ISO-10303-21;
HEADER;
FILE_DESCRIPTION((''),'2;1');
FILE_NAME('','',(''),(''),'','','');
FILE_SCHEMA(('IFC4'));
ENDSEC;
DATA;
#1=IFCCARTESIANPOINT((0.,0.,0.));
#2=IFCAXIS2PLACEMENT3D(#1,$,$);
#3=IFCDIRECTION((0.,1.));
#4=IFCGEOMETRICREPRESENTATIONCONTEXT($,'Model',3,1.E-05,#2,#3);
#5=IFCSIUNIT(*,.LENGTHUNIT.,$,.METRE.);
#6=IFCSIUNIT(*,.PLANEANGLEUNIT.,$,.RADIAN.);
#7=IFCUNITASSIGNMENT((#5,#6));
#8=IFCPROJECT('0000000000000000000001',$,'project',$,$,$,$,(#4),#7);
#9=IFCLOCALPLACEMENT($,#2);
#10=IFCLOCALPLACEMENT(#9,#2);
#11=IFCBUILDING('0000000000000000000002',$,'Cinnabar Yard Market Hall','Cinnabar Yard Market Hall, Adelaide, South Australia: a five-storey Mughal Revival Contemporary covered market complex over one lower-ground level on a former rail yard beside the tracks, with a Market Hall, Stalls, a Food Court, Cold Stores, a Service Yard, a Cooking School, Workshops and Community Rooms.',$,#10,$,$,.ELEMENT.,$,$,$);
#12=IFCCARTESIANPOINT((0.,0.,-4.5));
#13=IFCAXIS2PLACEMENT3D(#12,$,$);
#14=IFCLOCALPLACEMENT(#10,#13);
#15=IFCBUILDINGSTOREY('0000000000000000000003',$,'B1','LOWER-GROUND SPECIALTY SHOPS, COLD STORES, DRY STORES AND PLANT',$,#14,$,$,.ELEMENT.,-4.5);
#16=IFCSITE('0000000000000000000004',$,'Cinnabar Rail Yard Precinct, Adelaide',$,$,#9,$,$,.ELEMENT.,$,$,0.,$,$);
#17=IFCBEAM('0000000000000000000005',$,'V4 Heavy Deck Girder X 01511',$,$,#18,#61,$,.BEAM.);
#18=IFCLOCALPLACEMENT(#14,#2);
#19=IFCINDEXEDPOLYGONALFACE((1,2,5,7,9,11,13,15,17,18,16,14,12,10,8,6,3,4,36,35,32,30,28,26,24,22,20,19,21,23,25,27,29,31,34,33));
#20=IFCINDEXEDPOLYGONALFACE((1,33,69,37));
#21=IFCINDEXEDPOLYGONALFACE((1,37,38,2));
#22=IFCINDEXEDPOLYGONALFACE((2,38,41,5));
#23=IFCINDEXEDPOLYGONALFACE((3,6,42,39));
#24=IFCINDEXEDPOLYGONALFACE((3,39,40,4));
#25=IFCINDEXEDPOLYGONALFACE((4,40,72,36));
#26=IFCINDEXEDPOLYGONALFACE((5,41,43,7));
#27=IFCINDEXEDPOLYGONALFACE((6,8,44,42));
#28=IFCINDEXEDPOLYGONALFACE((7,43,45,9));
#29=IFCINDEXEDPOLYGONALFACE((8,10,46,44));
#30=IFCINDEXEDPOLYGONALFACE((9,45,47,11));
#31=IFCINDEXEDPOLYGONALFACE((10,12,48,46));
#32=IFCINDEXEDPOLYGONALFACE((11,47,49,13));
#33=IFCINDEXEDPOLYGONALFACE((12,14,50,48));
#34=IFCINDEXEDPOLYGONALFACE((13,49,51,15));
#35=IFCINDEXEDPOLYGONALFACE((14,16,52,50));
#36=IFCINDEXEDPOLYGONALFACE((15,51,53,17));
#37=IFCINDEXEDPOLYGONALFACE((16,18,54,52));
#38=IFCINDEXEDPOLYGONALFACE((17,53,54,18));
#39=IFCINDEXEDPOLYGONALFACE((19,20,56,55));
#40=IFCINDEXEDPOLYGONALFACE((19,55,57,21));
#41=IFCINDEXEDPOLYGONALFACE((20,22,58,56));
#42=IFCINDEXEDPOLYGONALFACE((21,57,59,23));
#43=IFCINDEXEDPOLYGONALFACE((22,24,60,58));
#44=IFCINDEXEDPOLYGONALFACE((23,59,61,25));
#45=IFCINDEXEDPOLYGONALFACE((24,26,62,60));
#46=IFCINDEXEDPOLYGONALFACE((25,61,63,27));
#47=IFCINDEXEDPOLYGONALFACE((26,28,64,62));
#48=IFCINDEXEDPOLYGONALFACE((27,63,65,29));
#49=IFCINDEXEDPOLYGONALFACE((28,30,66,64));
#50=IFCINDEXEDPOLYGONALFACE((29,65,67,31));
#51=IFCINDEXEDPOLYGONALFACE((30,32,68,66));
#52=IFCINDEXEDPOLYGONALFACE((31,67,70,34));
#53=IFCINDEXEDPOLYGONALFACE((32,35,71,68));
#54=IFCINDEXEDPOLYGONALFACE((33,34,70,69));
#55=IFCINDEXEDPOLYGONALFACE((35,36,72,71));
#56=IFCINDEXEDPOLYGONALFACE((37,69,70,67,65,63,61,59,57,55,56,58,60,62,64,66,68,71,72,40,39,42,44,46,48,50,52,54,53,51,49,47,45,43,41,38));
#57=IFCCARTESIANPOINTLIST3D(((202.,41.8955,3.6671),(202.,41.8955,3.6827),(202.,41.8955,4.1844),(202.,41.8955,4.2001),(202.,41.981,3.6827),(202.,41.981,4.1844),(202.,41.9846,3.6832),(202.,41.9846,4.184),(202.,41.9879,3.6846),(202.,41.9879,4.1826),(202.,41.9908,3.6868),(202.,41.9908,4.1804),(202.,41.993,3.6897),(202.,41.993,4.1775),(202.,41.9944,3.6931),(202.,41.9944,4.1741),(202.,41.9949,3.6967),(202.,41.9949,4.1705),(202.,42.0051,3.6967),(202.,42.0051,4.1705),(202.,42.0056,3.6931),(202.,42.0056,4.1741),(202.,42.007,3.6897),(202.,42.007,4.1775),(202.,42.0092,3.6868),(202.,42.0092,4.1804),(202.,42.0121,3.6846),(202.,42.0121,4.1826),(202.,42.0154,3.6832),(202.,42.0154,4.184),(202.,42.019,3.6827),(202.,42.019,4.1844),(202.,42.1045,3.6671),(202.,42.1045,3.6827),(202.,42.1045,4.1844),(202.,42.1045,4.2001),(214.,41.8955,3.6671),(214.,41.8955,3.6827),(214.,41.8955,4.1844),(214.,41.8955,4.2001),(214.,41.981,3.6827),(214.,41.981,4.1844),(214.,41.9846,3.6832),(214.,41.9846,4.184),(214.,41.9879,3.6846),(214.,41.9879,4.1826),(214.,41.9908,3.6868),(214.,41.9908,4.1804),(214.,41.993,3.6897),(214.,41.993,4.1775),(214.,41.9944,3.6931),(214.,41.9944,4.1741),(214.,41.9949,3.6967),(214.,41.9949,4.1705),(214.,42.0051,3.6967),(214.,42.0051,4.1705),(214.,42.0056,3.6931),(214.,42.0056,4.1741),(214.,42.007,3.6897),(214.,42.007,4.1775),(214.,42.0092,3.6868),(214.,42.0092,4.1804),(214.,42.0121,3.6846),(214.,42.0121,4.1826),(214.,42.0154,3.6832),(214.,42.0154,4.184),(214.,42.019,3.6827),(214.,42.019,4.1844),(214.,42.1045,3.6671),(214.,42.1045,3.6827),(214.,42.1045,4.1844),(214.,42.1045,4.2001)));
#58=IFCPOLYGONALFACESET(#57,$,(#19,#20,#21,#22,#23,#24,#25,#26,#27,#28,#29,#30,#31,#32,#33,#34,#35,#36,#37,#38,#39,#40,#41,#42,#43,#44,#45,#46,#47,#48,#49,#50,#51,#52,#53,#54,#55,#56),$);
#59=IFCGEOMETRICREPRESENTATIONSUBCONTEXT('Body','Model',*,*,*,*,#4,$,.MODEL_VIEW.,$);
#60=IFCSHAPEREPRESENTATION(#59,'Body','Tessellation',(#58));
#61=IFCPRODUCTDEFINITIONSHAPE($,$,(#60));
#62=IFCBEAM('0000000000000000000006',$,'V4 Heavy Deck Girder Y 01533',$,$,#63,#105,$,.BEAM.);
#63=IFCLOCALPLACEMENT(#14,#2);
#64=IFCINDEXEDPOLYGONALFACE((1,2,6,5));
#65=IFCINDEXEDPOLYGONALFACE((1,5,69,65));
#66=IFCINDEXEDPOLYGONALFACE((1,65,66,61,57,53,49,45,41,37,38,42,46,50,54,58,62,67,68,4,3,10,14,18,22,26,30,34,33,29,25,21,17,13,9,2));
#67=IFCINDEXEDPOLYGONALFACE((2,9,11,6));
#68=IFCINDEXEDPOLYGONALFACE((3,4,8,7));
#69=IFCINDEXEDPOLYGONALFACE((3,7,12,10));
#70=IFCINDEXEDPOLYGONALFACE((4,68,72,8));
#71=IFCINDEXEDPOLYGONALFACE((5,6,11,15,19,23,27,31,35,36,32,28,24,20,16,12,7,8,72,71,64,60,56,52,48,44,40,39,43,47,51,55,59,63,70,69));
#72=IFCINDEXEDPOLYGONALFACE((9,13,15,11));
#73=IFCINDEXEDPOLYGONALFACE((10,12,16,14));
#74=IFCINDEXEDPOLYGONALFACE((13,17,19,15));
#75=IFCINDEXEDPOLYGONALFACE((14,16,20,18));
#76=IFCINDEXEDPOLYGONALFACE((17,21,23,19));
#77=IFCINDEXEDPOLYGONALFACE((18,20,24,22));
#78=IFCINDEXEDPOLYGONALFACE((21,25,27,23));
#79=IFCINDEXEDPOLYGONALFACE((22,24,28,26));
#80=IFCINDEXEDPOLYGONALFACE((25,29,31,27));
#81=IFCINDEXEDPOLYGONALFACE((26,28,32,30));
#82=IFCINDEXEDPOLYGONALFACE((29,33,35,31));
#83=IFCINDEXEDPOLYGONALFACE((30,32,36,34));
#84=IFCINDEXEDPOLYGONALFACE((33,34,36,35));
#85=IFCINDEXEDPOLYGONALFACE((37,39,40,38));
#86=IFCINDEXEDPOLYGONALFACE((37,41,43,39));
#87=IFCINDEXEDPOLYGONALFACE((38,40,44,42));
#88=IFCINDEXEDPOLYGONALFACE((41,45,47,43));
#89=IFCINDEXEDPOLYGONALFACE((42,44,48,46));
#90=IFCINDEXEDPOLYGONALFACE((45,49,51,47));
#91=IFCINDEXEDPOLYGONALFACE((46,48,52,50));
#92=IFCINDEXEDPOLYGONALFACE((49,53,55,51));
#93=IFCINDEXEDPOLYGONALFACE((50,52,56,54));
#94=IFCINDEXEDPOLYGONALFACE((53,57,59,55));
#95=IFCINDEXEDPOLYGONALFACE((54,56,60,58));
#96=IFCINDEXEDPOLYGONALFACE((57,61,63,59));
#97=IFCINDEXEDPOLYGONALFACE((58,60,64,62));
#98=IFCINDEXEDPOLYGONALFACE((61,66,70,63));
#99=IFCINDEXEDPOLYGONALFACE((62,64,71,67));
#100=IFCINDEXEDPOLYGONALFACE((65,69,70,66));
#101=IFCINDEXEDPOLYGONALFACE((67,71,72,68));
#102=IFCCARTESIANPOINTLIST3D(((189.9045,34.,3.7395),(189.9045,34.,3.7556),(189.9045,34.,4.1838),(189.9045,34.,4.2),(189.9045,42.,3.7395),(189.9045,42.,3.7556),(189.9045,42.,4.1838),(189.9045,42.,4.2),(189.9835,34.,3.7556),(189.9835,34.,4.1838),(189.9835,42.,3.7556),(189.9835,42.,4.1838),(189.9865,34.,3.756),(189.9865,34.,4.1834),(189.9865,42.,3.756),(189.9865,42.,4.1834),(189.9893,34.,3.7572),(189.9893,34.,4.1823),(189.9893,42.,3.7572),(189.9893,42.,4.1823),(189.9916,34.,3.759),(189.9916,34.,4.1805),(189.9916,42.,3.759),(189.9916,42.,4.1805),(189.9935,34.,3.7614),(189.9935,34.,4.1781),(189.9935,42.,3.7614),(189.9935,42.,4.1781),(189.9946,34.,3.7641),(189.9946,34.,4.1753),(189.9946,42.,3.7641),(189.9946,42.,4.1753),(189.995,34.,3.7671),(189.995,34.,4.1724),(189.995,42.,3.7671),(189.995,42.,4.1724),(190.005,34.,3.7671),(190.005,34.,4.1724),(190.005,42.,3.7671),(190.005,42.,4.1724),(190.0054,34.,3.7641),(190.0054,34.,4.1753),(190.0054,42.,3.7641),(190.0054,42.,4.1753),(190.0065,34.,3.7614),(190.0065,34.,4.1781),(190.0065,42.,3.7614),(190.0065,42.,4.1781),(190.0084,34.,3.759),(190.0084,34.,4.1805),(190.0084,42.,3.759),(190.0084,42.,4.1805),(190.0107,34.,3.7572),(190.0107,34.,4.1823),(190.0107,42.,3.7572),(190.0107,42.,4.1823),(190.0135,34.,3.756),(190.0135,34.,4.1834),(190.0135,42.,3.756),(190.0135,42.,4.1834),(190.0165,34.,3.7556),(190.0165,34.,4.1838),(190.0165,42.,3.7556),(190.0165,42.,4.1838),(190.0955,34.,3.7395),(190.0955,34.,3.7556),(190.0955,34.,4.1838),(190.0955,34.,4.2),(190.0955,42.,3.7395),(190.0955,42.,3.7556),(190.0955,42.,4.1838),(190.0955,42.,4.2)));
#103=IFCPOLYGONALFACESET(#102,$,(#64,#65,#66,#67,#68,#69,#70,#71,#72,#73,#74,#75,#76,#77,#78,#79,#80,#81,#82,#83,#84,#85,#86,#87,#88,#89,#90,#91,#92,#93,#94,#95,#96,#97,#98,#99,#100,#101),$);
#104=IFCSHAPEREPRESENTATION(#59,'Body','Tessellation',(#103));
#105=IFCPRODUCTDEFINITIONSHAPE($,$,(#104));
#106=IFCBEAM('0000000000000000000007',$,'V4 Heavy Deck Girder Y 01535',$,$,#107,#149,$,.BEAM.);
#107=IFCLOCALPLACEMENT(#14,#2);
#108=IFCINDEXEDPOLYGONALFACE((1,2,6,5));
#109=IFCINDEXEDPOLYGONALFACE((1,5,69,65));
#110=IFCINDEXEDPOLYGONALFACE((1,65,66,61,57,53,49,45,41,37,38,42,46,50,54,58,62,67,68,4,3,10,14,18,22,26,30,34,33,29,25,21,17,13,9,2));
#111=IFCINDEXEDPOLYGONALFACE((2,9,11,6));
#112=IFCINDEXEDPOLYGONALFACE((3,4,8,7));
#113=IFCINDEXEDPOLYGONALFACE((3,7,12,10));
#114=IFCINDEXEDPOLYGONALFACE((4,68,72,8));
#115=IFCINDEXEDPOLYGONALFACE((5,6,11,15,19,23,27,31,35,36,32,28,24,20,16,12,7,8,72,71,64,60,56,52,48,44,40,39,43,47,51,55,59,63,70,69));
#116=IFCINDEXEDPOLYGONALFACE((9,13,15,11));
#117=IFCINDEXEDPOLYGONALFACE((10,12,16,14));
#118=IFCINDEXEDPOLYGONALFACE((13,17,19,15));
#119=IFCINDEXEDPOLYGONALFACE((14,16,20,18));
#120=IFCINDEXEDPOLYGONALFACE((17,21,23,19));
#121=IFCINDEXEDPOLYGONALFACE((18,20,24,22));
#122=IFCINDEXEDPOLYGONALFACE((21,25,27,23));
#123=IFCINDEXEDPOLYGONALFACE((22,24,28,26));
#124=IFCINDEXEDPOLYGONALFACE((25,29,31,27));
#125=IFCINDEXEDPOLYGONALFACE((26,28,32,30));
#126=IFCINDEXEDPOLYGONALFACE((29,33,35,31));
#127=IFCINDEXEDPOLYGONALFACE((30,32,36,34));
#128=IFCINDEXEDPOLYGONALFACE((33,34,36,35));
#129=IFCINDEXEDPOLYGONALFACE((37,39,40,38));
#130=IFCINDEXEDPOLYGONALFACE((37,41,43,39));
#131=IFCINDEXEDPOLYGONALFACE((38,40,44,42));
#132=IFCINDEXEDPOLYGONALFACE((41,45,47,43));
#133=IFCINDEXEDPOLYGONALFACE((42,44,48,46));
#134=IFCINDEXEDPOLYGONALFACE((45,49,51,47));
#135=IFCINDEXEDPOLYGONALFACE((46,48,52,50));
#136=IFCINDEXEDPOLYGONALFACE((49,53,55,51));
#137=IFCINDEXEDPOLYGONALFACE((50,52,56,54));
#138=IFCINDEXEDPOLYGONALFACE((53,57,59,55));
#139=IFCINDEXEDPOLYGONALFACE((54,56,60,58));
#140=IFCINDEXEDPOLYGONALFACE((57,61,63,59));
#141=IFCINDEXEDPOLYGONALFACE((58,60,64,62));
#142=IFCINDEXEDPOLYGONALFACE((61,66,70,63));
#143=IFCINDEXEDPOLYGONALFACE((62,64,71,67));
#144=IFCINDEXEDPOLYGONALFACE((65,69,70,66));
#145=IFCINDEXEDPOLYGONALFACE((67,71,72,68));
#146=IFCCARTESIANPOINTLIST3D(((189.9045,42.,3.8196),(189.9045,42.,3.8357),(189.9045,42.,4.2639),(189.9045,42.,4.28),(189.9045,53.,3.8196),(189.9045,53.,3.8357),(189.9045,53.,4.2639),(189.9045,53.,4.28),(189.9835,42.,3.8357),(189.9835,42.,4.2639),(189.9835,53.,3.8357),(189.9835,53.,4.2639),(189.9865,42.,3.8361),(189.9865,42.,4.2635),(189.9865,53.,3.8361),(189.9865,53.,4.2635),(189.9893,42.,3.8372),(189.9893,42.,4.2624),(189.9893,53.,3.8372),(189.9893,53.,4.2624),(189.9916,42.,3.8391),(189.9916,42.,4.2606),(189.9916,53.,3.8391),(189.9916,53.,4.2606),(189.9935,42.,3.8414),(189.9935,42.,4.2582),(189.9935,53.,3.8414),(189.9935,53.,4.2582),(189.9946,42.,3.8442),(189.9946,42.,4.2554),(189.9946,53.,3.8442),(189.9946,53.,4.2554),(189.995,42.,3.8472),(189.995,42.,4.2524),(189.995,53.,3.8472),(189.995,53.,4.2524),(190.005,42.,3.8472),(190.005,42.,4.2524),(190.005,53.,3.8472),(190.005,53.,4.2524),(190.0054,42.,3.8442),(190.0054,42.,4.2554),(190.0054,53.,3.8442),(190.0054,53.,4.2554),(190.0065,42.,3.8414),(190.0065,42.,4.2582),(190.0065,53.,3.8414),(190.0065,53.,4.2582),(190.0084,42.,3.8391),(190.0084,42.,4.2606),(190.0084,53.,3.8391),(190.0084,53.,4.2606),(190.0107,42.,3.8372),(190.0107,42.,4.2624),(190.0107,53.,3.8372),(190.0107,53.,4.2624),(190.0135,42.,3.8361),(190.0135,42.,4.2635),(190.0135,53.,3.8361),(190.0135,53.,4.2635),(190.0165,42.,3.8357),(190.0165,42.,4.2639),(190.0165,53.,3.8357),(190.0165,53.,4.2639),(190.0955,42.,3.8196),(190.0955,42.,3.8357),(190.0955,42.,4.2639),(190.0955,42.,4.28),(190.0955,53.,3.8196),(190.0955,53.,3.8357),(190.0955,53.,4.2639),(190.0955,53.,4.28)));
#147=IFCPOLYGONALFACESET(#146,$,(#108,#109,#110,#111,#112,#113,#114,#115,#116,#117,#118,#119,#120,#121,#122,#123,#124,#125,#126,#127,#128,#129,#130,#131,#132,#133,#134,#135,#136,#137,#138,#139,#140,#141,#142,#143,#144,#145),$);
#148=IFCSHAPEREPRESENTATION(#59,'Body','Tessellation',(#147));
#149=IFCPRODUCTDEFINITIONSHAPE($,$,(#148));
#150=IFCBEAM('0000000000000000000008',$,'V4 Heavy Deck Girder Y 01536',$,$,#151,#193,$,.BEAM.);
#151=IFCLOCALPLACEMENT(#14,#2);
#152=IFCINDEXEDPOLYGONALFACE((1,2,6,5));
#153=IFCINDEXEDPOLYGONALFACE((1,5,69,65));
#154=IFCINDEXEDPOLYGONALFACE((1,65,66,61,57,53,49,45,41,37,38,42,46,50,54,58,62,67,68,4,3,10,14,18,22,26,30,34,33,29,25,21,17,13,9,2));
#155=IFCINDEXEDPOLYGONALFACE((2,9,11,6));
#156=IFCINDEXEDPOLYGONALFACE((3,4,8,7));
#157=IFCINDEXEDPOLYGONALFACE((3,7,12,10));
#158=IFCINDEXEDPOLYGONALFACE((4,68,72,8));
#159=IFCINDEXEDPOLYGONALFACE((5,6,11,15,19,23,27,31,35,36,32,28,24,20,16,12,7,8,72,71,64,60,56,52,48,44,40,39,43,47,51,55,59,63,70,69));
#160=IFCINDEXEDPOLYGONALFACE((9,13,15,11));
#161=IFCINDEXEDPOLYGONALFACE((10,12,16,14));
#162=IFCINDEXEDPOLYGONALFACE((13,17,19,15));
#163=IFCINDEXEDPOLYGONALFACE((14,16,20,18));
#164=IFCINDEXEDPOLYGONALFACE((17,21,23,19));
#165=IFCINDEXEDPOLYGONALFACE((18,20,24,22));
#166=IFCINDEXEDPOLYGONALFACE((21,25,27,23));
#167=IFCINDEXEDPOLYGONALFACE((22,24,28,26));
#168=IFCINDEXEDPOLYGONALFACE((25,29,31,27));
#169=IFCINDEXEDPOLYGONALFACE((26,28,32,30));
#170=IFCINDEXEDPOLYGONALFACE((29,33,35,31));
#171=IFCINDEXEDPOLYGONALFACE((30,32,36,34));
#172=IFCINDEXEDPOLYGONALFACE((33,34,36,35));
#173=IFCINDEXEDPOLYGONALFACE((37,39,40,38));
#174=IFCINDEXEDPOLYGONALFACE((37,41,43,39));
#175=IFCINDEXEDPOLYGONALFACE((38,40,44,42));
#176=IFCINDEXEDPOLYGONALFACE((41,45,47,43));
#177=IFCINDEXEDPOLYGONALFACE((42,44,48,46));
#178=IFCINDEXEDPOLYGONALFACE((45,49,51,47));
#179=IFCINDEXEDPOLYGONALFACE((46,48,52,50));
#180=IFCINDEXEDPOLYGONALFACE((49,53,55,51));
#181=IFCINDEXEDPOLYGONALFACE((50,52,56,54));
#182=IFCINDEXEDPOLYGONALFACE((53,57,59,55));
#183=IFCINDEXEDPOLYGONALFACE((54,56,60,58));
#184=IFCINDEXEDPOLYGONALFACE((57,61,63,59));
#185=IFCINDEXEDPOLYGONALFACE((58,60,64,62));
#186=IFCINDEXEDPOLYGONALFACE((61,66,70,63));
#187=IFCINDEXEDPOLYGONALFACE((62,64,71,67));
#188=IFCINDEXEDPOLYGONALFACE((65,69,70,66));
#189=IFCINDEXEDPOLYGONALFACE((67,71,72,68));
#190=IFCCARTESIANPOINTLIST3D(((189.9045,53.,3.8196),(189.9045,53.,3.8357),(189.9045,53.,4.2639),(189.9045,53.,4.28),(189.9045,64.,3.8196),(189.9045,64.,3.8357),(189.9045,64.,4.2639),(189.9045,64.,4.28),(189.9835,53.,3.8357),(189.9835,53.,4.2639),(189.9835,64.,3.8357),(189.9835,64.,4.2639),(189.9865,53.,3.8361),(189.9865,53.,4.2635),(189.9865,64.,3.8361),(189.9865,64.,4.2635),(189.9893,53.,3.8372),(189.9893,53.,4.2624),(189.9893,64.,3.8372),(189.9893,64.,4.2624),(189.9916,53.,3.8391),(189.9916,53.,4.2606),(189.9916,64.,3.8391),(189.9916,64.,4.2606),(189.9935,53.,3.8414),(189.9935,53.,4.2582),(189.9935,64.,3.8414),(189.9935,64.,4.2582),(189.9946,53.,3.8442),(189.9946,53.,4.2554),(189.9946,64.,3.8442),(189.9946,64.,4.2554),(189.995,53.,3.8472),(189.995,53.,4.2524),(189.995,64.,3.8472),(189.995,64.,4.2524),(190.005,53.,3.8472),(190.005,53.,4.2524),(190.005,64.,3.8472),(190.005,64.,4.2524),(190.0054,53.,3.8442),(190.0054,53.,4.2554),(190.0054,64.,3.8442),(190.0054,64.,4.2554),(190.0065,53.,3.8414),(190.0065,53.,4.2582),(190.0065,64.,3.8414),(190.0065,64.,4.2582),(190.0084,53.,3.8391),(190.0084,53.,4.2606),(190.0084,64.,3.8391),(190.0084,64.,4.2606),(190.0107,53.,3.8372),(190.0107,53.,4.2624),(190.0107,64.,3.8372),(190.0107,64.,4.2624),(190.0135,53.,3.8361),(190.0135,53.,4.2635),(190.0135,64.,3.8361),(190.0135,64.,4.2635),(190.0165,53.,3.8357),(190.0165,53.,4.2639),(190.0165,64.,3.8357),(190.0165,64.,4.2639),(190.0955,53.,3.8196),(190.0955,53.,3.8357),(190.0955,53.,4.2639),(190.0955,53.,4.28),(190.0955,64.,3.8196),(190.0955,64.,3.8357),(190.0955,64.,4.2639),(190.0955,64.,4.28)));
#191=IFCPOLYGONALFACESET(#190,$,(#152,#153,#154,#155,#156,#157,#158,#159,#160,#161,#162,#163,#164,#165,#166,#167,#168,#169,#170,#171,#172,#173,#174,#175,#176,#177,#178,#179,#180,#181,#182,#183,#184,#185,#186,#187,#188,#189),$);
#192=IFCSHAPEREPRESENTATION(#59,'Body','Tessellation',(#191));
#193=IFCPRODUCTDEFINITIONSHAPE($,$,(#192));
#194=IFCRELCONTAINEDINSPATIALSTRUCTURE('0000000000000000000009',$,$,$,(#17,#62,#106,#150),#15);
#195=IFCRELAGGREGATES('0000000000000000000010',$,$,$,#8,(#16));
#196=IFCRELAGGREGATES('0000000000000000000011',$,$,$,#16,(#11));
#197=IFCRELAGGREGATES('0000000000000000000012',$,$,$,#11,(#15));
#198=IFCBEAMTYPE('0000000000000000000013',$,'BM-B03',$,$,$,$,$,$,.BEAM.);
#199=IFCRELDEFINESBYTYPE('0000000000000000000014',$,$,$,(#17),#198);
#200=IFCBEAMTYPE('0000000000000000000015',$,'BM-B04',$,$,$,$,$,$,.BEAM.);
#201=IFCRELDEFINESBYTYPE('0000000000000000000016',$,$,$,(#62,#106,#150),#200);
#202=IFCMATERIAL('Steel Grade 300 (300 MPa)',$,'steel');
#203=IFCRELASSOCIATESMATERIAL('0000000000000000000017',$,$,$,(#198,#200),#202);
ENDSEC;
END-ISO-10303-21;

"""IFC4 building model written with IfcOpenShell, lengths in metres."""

from ifc_helpers import new_model, si_unit, direction, frame, origin, origin_2d_with_axis, place, context, subcontext, project, spatial, i_section, extrude, material, material_profile, profile_set, type_object, element, save


model = new_model("IFC4")

# Units and contexts
model_context = context("Model", 3, precision=1e-05, world=origin(), true_north=direction((0.0, 1.0)))
body_context = subcontext(model_context, "Body", "Model", "MODEL_VIEW")
ifc_project = project(units=[si_unit("LENGTHUNIT", "METRE"), si_unit("PLANEANGLEUNIT", "RADIAN")], contexts=[model_context])

# Site, building, storey
site_placement = place(None, origin())
site = spatial("IfcSite", under=ifc_project, at=site_placement, Name="Cinnabar Rail Yard Precinct, Adelaide", CompositionType="ELEMENT", RefElevation=0.0)
building_placement = place(site_placement, origin())
building = spatial("IfcBuilding", under=site, at=building_placement, Name="Cinnabar Yard Market Hall", Description="Cinnabar Yard Market Hall, Adelaide, South Australia: a five-storey Mughal Revival Contemporary covered market complex over one lower-ground level on a former rail yard beside the tracks, with a Market Hall, Stalls, a Food Court, Cold Stores, a Service Yard, a Cooking School, Workshops and Community Rooms.", CompositionType="ELEMENT")
storey_placement = place(building_placement, frame((0.0, 0.0, -4.5)))
storey = spatial("IfcBuildingStorey", under=building, at=storey_placement, Name="B1", Description="LOWER-GROUND SPECIALTY SHOPS, COLD STORES, DRY STORES AND PLANT", CompositionType="ELEMENT", Elevation=-4.5)

# Shared definitions
ifc_material_1 = material(Name="Steel Grade 300 (300 MPa)", Category="steel")

# Beams
ifc_material_profile_1 = material_profile(ifc_material_1, i_section(OverallWidth=0.209, OverallDepth=0.533, WebThickness=0.0103, FlangeThickness=0.0156, FilletRadius=0.0139, at=origin_2d_with_axis()), Name="530UB92.4")
ifc_profile_set_1 = profile_set([ifc_material_profile_1], Name="Steel Grade 300 (300 MPa)")
beam_type_1 = type_object("IfcBeamType", Name="BM-B03", PredefinedType="BEAM", material=ifc_profile_set_1)
for number, where, z_axis, x_axis, name in (
    (1, (202.0, 42.0, 3.9336), (1.0, 0.0, 0.0), (0.0, 1.0, 0.0), "V4 Heavy Deck Girder X 01511"),
):
    element("IfcBeam", number, at=place(storey_placement, frame(where, z_axis=z_axis, x_axis=x_axis)), inside=storey, type_object=beam_type_1, Name=name, PredefinedType="BEAM", context=body_context, shape_type="SweptSolid", body=[
        extrude(i_section(OverallWidth=0.209, OverallDepth=0.533, WebThickness=0.0103, FlangeThickness=0.0156, FilletRadius=0.0139, at=origin_2d_with_axis()), origin(), (0.0, 0.0, 1.0), 12.0),
    ])
ifc_material_profile_2 = material_profile(ifc_material_1, i_section(OverallWidth=0.1909, OverallDepth=0.4604, WebThickness=0.01, FlangeThickness=0.0161, FilletRadius=0.0115, at=origin_2d_with_axis()), Name="460UB82.1")
ifc_profile_set_2 = profile_set([ifc_material_profile_2], Name="Steel Grade 300 (300 MPa)")
beam_type_2 = type_object("IfcBeamType", Name="BM-B04", PredefinedType="BEAM", material=ifc_profile_set_2)
beam_1_placement = place(storey_placement, frame((190.0, 34.0, 3.9697), z_axis=(0.0, 1.0, 0.0), x_axis=(-1.0, 0.0, 0.0)))
element("IfcBeam", 2, at=beam_1_placement, inside=storey, type_object=beam_type_2, Name="V4 Heavy Deck Girder Y 01533", PredefinedType="BEAM", context=body_context, shape_type="SweptSolid", body=[
    extrude(i_section(OverallWidth=0.1909, OverallDepth=0.4604, WebThickness=0.01, FlangeThickness=0.0161, FilletRadius=0.0115, at=origin_2d_with_axis()), origin(), (0.0, 0.0, 1.0), 8.0),
])
for number, where, z_axis, x_axis, name in (
    (3, (190.0, 42.0, 4.0498), (0.0, 1.0, 0.0), (-1.0, 0.0, 0.0), "V4 Heavy Deck Girder Y 01535"),
    (4, (190.0, 53.0, 4.0498), (0.0, 1.0, 0.0), (-1.0, 0.0, 0.0), "V4 Heavy Deck Girder Y 01536"),
):
    element("IfcBeam", number, at=place(storey_placement, frame(where, z_axis=z_axis, x_axis=x_axis)), inside=storey, type_object=beam_type_2, Name=name, PredefinedType="BEAM", context=body_context, shape_type="SweptSolid", body=[
        extrude(i_section(OverallWidth=0.1909, OverallDepth=0.4604, WebThickness=0.01, FlangeThickness=0.0161, FilletRadius=0.0115, at=origin_2d_with_axis()), origin(), (0.0, 0.0, 1.0), 11.0),
    ])

save(model, "model.ifc")
